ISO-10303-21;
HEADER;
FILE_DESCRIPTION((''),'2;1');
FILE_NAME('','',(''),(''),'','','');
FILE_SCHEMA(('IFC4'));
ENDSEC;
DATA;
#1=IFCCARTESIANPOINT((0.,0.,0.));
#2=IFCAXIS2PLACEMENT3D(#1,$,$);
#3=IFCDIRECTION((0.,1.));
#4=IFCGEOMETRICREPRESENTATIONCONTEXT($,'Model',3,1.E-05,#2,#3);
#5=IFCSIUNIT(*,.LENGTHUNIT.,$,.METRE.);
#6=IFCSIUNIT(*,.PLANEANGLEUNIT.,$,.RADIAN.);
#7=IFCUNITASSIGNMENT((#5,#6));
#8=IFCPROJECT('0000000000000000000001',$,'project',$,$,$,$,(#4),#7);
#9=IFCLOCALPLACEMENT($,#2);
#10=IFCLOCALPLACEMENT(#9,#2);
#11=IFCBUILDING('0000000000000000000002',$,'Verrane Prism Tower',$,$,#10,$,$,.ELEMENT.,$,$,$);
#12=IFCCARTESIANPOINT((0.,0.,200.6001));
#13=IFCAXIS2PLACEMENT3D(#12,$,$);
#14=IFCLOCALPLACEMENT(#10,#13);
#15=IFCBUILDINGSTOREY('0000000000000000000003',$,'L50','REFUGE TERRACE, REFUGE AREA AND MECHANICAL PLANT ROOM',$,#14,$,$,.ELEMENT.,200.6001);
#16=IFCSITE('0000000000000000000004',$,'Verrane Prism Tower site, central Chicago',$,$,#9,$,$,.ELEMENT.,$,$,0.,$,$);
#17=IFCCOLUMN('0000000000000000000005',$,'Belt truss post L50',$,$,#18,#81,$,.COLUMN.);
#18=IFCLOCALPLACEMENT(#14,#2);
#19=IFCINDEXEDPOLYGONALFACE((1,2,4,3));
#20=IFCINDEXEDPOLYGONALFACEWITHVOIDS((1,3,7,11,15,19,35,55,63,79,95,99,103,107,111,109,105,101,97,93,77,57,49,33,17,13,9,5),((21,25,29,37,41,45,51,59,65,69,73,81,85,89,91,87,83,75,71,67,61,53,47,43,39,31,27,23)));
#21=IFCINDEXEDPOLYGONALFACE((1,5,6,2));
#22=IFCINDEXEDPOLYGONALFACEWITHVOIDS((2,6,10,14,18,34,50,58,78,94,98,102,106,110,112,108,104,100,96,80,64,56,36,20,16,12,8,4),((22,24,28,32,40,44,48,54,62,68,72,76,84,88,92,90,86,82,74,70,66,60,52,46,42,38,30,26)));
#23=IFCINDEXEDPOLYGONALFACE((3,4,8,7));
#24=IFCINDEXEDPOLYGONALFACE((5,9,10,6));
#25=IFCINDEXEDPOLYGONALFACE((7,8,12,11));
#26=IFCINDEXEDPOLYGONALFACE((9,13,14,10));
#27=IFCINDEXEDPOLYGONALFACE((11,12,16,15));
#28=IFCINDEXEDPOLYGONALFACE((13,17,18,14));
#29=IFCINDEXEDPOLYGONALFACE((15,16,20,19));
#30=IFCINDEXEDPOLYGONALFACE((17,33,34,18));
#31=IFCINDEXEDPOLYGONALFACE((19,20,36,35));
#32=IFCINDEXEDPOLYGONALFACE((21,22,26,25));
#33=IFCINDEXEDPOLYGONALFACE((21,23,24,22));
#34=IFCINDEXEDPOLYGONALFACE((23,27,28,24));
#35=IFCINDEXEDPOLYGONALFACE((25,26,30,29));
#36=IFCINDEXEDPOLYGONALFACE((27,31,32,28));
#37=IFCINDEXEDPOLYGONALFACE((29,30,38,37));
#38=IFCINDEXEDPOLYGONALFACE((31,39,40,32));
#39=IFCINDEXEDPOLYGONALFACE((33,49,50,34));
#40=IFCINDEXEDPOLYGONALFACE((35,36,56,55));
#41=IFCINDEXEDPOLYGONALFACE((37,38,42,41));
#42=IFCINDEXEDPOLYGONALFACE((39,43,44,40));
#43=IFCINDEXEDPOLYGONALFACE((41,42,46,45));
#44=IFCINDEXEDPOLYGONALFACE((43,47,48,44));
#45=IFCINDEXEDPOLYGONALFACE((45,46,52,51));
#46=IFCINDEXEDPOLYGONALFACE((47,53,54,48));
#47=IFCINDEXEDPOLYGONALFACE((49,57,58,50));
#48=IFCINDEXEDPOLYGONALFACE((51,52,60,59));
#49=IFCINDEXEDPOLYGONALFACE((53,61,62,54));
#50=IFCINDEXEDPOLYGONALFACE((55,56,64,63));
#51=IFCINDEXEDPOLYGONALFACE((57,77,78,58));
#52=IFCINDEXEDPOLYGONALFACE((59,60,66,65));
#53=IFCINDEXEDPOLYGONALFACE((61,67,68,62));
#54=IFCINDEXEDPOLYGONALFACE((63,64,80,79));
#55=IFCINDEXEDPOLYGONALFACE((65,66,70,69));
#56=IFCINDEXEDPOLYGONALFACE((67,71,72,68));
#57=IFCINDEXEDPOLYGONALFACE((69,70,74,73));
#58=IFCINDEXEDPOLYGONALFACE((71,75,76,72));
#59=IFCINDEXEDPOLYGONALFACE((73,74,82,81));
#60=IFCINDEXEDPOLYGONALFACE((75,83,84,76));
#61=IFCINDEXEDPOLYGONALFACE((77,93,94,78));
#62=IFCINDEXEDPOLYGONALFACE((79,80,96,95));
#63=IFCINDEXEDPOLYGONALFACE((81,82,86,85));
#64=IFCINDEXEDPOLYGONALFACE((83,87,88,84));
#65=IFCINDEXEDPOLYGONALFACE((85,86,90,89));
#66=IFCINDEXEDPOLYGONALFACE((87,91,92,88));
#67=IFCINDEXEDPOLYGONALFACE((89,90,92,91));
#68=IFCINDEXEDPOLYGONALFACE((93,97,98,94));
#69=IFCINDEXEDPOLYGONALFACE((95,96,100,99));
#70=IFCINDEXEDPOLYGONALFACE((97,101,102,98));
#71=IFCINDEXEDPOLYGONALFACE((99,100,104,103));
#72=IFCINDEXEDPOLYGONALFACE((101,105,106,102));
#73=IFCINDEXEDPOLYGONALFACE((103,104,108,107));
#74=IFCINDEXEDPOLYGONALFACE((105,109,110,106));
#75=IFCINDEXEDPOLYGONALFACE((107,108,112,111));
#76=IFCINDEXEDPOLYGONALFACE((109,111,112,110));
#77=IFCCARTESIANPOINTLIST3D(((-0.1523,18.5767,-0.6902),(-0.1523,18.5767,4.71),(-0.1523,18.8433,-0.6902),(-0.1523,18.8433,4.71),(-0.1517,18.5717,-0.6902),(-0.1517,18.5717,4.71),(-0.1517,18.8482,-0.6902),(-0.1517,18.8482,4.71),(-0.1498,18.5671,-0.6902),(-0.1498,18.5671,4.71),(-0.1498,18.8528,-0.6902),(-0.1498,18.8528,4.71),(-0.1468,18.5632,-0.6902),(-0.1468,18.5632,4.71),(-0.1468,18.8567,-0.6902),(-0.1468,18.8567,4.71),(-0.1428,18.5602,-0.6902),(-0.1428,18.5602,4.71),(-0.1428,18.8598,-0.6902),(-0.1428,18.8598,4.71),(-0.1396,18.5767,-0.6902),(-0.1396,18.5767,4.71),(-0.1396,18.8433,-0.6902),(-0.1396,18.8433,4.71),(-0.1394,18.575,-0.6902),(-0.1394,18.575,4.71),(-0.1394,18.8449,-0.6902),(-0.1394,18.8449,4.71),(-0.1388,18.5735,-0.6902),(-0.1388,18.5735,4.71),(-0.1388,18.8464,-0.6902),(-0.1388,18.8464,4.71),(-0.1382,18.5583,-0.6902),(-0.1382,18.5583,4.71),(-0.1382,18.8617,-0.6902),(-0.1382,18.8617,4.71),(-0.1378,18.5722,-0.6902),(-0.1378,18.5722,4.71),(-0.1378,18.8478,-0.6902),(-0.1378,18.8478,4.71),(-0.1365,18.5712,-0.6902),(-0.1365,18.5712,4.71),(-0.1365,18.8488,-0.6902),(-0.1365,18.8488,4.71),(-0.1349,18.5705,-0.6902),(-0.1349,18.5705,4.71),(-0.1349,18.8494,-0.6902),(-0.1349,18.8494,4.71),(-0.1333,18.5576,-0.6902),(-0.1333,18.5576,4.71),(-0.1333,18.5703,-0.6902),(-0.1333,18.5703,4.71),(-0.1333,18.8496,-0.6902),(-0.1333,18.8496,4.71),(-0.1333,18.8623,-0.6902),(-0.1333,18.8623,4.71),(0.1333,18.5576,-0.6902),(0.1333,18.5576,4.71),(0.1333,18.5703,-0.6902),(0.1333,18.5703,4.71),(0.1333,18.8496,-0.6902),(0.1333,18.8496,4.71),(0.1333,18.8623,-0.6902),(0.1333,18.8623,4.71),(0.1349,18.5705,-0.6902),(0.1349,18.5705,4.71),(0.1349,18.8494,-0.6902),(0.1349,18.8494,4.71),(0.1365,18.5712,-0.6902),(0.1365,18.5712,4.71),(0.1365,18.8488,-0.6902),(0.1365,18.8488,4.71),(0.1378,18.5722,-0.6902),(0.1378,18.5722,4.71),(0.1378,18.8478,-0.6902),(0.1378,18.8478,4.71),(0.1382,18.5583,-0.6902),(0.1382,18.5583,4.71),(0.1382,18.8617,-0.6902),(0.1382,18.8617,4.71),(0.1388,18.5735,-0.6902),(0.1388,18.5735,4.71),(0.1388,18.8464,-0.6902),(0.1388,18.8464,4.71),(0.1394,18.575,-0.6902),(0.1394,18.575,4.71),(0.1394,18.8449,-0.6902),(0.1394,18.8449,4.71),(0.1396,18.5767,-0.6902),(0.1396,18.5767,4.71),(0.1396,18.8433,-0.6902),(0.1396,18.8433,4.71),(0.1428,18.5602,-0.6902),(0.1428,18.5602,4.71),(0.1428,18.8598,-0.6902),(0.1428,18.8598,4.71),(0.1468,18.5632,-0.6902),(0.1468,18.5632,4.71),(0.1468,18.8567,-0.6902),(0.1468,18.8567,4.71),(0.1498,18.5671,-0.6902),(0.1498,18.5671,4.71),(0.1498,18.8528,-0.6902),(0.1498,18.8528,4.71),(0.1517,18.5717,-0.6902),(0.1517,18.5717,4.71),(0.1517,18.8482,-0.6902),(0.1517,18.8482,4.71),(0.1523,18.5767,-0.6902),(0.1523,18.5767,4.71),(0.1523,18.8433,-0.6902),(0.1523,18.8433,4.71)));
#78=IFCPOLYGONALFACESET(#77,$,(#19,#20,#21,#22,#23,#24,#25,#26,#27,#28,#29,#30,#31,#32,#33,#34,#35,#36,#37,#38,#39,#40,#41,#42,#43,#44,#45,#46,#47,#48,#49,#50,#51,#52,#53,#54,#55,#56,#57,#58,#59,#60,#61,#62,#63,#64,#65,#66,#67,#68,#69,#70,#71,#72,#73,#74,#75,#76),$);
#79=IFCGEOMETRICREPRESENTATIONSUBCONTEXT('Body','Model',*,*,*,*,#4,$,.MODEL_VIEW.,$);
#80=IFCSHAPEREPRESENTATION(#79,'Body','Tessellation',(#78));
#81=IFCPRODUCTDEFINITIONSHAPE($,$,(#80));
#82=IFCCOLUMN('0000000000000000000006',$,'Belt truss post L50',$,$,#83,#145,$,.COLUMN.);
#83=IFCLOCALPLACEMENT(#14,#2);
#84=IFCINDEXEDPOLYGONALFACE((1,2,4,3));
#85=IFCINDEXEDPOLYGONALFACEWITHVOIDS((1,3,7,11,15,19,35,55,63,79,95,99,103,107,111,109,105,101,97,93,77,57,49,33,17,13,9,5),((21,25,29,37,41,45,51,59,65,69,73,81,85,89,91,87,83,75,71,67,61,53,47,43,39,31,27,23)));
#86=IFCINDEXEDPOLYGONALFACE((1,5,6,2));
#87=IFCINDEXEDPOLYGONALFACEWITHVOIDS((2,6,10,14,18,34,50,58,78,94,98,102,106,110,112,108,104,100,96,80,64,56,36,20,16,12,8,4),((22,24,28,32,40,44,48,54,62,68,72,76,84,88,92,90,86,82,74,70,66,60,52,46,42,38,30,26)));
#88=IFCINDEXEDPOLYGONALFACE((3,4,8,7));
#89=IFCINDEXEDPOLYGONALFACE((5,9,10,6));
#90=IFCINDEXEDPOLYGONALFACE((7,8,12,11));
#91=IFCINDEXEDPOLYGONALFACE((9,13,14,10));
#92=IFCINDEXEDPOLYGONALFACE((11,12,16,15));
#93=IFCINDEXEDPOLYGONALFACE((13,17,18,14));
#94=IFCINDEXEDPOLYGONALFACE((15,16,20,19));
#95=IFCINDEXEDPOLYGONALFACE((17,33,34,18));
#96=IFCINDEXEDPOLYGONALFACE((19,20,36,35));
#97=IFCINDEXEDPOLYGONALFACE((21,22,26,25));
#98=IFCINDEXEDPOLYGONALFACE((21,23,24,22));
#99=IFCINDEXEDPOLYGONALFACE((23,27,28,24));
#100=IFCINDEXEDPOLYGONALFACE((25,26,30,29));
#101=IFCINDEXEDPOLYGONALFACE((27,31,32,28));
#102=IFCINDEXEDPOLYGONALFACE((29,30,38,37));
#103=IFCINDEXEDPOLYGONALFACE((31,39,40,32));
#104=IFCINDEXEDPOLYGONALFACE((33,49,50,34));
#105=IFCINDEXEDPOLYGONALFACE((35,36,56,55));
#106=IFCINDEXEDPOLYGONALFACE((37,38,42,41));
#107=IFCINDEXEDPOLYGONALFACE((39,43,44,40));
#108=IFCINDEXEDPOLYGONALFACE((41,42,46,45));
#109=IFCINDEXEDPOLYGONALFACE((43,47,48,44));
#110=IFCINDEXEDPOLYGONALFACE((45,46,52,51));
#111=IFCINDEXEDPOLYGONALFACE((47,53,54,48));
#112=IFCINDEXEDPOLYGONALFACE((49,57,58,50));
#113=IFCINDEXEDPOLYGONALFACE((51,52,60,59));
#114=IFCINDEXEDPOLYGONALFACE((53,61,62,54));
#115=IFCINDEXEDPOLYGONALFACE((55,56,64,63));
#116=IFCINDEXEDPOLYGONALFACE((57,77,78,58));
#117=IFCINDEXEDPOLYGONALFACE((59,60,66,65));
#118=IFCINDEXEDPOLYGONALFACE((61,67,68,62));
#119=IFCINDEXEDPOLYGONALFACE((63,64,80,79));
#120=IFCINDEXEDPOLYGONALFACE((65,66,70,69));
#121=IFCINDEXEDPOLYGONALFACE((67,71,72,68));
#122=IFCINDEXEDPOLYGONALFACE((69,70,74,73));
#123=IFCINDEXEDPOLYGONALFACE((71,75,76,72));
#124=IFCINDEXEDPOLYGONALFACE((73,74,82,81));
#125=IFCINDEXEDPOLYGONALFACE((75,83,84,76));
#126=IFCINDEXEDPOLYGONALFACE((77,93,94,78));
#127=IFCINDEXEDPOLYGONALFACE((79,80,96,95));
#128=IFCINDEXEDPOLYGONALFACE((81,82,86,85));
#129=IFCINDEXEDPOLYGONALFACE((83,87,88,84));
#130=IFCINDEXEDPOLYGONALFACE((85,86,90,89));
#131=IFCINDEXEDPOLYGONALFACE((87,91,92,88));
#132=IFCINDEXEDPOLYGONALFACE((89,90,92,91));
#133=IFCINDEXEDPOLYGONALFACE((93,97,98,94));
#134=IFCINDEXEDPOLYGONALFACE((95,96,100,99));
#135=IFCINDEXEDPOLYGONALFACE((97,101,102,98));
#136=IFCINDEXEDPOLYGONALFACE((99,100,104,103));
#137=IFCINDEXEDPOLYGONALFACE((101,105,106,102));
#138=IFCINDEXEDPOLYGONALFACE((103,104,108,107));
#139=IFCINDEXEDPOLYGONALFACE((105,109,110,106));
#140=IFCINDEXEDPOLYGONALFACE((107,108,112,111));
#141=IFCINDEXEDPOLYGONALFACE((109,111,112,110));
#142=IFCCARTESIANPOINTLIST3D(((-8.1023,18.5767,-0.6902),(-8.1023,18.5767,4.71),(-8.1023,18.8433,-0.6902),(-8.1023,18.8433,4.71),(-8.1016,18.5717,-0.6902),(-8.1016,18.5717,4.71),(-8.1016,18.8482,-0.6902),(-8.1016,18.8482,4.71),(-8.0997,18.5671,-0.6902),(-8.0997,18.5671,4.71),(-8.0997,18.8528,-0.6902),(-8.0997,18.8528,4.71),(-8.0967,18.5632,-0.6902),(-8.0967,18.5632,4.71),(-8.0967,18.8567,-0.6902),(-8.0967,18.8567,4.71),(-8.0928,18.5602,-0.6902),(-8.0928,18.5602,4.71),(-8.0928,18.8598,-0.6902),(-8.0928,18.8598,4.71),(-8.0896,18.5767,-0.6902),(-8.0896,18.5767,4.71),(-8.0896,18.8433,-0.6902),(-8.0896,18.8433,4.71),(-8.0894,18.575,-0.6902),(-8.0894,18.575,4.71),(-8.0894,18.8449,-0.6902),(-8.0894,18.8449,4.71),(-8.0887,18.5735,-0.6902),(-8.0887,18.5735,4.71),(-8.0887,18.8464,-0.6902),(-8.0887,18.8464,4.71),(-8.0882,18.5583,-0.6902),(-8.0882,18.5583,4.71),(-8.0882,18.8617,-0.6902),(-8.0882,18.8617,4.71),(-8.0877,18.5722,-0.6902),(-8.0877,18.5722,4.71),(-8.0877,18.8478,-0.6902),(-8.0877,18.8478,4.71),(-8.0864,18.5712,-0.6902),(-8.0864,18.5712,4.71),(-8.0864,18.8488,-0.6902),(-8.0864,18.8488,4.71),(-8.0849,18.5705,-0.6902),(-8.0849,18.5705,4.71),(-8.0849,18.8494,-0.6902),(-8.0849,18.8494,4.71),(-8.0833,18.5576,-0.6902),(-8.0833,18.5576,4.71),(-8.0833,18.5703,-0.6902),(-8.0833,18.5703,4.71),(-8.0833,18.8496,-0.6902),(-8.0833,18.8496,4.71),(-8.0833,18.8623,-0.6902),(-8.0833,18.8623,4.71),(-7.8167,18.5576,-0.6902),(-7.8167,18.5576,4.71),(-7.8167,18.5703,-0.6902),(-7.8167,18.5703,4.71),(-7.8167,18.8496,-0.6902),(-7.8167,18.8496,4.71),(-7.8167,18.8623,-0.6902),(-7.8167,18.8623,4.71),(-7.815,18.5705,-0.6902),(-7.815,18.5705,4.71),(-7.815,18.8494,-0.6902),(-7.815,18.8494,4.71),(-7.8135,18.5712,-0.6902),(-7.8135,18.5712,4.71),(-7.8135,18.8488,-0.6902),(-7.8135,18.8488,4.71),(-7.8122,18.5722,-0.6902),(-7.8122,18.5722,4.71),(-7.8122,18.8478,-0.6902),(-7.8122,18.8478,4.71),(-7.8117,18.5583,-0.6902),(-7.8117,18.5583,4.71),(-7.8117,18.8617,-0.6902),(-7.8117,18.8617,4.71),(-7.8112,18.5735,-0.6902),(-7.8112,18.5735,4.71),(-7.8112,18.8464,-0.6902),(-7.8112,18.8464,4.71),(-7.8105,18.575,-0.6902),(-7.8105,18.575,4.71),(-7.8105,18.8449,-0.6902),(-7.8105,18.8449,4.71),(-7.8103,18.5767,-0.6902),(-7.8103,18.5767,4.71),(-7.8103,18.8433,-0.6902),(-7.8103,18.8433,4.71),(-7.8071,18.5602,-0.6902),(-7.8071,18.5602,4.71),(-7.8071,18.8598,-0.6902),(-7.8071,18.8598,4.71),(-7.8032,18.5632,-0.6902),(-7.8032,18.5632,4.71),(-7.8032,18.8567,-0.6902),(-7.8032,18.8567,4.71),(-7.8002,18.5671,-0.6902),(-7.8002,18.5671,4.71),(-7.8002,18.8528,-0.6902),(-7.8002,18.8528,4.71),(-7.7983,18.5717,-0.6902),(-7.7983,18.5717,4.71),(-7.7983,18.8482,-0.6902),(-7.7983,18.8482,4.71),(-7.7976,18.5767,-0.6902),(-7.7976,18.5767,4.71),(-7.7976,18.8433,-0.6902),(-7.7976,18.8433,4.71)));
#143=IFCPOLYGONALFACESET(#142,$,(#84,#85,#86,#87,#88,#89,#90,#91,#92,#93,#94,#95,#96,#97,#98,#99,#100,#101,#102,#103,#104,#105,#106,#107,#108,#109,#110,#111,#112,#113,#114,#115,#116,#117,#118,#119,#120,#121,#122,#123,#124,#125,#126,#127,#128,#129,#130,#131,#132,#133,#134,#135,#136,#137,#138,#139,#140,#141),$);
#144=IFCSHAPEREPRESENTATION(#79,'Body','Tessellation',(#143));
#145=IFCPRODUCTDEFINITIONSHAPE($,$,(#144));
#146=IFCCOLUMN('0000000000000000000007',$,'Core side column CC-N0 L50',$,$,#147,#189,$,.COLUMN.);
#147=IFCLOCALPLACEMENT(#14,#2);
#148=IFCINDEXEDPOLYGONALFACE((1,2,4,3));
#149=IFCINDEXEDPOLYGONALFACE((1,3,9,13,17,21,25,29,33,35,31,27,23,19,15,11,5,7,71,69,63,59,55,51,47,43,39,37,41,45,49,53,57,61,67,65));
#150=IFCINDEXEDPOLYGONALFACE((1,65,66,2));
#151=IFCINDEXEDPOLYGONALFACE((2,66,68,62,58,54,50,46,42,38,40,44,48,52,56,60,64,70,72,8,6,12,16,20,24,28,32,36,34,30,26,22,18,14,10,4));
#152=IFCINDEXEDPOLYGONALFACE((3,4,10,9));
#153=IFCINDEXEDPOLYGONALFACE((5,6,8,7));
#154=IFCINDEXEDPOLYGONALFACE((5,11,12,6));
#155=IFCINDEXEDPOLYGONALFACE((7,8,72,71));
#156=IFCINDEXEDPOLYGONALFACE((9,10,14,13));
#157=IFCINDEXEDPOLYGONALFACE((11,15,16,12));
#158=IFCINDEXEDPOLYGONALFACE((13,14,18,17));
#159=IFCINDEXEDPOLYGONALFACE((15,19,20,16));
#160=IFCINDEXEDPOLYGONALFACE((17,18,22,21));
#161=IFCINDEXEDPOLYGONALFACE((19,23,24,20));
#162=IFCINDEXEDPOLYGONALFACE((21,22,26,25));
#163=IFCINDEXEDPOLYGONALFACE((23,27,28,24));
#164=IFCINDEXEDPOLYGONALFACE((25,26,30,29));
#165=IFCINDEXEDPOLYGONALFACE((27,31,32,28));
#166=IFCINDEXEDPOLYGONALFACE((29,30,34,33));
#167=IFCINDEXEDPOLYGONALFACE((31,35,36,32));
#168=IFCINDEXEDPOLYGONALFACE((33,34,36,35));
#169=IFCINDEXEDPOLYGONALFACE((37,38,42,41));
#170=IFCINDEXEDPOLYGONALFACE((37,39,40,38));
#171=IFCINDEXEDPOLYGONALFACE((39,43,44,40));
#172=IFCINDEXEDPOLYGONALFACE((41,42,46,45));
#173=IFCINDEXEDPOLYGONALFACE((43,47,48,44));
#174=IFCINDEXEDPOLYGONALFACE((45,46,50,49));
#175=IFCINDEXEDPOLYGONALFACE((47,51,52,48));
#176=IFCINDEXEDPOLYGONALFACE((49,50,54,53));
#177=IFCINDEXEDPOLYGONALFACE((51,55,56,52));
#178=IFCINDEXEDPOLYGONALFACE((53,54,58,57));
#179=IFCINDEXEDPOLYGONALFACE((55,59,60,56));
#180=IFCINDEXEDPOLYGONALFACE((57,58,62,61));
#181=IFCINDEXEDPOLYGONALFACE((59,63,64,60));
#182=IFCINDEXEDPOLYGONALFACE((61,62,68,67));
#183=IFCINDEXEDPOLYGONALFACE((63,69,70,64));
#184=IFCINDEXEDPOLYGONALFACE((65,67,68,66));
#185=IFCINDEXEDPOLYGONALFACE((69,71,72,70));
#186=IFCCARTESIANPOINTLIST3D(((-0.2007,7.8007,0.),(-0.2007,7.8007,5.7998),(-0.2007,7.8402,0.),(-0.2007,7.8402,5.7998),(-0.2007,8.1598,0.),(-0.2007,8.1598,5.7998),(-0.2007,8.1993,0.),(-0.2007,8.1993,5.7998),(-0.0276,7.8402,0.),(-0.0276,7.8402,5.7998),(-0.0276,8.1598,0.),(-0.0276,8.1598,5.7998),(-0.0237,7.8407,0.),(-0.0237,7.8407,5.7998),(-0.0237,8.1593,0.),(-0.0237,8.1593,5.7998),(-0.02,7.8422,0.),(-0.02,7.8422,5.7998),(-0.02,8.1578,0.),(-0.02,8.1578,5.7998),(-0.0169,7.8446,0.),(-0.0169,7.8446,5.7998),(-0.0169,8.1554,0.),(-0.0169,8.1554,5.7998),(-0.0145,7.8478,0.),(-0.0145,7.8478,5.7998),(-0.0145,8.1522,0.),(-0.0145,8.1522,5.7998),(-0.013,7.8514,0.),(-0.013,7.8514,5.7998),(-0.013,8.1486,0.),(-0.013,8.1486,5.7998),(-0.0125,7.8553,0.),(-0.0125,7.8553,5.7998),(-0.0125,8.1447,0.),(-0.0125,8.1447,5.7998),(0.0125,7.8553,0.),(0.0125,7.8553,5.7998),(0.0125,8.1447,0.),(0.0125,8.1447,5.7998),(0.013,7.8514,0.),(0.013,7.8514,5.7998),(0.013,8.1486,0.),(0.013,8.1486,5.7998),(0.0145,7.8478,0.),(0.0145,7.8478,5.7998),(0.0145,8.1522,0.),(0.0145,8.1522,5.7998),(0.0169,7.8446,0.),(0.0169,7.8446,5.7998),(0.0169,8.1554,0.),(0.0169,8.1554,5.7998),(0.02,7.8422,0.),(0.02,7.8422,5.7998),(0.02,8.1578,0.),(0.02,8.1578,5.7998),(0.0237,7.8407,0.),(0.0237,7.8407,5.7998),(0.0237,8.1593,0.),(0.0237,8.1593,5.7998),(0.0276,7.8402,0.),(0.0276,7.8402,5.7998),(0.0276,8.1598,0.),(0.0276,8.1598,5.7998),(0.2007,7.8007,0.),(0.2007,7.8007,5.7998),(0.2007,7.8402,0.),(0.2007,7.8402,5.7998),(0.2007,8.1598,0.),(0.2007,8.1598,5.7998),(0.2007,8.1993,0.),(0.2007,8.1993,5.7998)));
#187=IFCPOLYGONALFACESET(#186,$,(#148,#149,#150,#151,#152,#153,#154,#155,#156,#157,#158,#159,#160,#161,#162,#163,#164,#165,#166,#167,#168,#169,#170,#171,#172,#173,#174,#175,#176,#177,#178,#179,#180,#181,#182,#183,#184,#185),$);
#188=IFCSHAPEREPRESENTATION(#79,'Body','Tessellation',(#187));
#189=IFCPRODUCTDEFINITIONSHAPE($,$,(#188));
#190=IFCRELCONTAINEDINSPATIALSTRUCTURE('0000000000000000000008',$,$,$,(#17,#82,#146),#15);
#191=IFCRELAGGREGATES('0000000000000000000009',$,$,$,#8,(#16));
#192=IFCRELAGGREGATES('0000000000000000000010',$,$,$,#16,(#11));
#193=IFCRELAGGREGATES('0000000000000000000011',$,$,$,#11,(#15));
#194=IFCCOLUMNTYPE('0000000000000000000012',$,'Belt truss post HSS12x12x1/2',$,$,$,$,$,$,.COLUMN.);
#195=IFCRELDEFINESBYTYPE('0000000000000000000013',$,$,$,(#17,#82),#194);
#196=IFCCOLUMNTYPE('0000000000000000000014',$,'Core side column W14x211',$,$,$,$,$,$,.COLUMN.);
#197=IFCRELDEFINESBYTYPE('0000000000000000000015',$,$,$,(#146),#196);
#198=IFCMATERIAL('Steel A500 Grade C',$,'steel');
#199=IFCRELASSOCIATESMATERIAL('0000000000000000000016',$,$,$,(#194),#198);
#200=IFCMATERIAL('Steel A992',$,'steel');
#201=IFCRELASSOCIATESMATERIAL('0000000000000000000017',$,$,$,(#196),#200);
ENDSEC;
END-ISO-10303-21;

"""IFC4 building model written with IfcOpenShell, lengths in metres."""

from ifc_helpers import new_model, si_unit, direction, frame, origin, origin_2d, place, context, subcontext, project, spatial, hollow_rectangle, i_section, extrude, material, material_profile, profile_set, type_object, element, save


model = new_model("IFC4")

# Units and contexts
model_context = context("Model", 3, precision=1e-05, world=origin(), true_north=direction((0.0, 1.0)))
body_context = subcontext(model_context, "Body", "Model", "MODEL_VIEW")
ifc_project = project(units=[si_unit("LENGTHUNIT", "METRE"), si_unit("PLANEANGLEUNIT", "RADIAN")], contexts=[model_context])

# Site, building, storey
site_placement = place(None, origin())
site = spatial("IfcSite", under=ifc_project, at=site_placement, Name="Verrane Prism Tower site, central Chicago", CompositionType="ELEMENT", RefElevation=0.0)
building_placement = place(site_placement, origin())
building = spatial("IfcBuilding", under=site, at=building_placement, Name="Verrane Prism Tower", CompositionType="ELEMENT")
storey_placement = place(building_placement, frame((0.0, 0.0, 200.6001)))
storey = spatial("IfcBuildingStorey", under=building, at=storey_placement, Name="L50", Description="REFUGE TERRACE, REFUGE AREA AND MECHANICAL PLANT ROOM", CompositionType="ELEMENT", Elevation=200.6001)

# Columns
ifc_material_1 = material(Name="Steel A500 Grade C", Category="steel")
ifc_material_profile_1 = material_profile(ifc_material_1, hollow_rectangle(XDim=0.3047, YDim=0.3047, WallThickness=0.0127, InnerFilletRadius=0.0063, OuterFilletRadius=0.019, at=origin_2d()), Name="HSS12x12x1/2")
ifc_profile_set_1 = profile_set([ifc_material_profile_1], Name="Steel A500 Grade C")
column_type_1 = type_object("IfcColumnType", Name="Belt truss post HSS12x12x1/2", PredefinedType="COLUMN", material=ifc_profile_set_1)
for number, where, z_axis, x_axis, name in (
    (1, (0.0, 18.71, -0.6902), (0.0, 0.0, 1.0), (1.0, 0.0, 0.0), "Belt truss post L50"),
    (2, (-7.95, 18.71, -0.6902), (0.0, 0.0, 1.0), (1.0, 0.0, 0.0), "Belt truss post L50"),
):
    element("IfcColumn", number, at=place(storey_placement, frame(where, z_axis=z_axis, x_axis=x_axis)), inside=storey, type_object=column_type_1, Name=name, PredefinedType="COLUMN", context=body_context, shape_type="SweptSolid", body=[
        extrude(hollow_rectangle(XDim=0.3047, YDim=0.3047, WallThickness=0.0127, InnerFilletRadius=0.0063, OuterFilletRadius=0.019, at=origin_2d()), origin(), (0.0, 0.0, 1.0), 5.4001),
    ])
ifc_material_2 = material(Name="Steel A992", Category="steel")
ifc_material_profile_2 = material_profile(ifc_material_2, i_section(OverallWidth=0.4014, OverallDepth=0.3987, WebThickness=0.0249, FlangeThickness=0.0396, FilletRadius=0.0151, at=origin_2d()), Name="W14x211")
ifc_profile_set_2 = profile_set([ifc_material_profile_2], Name="Steel A992")
column_type_2 = type_object("IfcColumnType", Name="Core side column W14x211", PredefinedType="COLUMN", material=ifc_profile_set_2)
for number, where, z_axis, x_axis, name in (
    (3, (0.0, 8.0, 0.0), (0.0, 0.0, 1.0), (1.0, 0.0, 0.0), "Core side column CC-N0 L50"),
):
    element("IfcColumn", number, at=place(storey_placement, frame(where, z_axis=z_axis, x_axis=x_axis)), inside=storey, type_object=column_type_2, Name=name, PredefinedType="COLUMN", context=body_context, shape_type="SweptSolid", body=[
        extrude(i_section(OverallWidth=0.4014, OverallDepth=0.3987, WebThickness=0.0249, FlangeThickness=0.0396, FilletRadius=0.0151, at=origin_2d()), origin(), (0.0, 0.0, 1.0), 5.7998),
    ])

save(model, "model.ifc")
